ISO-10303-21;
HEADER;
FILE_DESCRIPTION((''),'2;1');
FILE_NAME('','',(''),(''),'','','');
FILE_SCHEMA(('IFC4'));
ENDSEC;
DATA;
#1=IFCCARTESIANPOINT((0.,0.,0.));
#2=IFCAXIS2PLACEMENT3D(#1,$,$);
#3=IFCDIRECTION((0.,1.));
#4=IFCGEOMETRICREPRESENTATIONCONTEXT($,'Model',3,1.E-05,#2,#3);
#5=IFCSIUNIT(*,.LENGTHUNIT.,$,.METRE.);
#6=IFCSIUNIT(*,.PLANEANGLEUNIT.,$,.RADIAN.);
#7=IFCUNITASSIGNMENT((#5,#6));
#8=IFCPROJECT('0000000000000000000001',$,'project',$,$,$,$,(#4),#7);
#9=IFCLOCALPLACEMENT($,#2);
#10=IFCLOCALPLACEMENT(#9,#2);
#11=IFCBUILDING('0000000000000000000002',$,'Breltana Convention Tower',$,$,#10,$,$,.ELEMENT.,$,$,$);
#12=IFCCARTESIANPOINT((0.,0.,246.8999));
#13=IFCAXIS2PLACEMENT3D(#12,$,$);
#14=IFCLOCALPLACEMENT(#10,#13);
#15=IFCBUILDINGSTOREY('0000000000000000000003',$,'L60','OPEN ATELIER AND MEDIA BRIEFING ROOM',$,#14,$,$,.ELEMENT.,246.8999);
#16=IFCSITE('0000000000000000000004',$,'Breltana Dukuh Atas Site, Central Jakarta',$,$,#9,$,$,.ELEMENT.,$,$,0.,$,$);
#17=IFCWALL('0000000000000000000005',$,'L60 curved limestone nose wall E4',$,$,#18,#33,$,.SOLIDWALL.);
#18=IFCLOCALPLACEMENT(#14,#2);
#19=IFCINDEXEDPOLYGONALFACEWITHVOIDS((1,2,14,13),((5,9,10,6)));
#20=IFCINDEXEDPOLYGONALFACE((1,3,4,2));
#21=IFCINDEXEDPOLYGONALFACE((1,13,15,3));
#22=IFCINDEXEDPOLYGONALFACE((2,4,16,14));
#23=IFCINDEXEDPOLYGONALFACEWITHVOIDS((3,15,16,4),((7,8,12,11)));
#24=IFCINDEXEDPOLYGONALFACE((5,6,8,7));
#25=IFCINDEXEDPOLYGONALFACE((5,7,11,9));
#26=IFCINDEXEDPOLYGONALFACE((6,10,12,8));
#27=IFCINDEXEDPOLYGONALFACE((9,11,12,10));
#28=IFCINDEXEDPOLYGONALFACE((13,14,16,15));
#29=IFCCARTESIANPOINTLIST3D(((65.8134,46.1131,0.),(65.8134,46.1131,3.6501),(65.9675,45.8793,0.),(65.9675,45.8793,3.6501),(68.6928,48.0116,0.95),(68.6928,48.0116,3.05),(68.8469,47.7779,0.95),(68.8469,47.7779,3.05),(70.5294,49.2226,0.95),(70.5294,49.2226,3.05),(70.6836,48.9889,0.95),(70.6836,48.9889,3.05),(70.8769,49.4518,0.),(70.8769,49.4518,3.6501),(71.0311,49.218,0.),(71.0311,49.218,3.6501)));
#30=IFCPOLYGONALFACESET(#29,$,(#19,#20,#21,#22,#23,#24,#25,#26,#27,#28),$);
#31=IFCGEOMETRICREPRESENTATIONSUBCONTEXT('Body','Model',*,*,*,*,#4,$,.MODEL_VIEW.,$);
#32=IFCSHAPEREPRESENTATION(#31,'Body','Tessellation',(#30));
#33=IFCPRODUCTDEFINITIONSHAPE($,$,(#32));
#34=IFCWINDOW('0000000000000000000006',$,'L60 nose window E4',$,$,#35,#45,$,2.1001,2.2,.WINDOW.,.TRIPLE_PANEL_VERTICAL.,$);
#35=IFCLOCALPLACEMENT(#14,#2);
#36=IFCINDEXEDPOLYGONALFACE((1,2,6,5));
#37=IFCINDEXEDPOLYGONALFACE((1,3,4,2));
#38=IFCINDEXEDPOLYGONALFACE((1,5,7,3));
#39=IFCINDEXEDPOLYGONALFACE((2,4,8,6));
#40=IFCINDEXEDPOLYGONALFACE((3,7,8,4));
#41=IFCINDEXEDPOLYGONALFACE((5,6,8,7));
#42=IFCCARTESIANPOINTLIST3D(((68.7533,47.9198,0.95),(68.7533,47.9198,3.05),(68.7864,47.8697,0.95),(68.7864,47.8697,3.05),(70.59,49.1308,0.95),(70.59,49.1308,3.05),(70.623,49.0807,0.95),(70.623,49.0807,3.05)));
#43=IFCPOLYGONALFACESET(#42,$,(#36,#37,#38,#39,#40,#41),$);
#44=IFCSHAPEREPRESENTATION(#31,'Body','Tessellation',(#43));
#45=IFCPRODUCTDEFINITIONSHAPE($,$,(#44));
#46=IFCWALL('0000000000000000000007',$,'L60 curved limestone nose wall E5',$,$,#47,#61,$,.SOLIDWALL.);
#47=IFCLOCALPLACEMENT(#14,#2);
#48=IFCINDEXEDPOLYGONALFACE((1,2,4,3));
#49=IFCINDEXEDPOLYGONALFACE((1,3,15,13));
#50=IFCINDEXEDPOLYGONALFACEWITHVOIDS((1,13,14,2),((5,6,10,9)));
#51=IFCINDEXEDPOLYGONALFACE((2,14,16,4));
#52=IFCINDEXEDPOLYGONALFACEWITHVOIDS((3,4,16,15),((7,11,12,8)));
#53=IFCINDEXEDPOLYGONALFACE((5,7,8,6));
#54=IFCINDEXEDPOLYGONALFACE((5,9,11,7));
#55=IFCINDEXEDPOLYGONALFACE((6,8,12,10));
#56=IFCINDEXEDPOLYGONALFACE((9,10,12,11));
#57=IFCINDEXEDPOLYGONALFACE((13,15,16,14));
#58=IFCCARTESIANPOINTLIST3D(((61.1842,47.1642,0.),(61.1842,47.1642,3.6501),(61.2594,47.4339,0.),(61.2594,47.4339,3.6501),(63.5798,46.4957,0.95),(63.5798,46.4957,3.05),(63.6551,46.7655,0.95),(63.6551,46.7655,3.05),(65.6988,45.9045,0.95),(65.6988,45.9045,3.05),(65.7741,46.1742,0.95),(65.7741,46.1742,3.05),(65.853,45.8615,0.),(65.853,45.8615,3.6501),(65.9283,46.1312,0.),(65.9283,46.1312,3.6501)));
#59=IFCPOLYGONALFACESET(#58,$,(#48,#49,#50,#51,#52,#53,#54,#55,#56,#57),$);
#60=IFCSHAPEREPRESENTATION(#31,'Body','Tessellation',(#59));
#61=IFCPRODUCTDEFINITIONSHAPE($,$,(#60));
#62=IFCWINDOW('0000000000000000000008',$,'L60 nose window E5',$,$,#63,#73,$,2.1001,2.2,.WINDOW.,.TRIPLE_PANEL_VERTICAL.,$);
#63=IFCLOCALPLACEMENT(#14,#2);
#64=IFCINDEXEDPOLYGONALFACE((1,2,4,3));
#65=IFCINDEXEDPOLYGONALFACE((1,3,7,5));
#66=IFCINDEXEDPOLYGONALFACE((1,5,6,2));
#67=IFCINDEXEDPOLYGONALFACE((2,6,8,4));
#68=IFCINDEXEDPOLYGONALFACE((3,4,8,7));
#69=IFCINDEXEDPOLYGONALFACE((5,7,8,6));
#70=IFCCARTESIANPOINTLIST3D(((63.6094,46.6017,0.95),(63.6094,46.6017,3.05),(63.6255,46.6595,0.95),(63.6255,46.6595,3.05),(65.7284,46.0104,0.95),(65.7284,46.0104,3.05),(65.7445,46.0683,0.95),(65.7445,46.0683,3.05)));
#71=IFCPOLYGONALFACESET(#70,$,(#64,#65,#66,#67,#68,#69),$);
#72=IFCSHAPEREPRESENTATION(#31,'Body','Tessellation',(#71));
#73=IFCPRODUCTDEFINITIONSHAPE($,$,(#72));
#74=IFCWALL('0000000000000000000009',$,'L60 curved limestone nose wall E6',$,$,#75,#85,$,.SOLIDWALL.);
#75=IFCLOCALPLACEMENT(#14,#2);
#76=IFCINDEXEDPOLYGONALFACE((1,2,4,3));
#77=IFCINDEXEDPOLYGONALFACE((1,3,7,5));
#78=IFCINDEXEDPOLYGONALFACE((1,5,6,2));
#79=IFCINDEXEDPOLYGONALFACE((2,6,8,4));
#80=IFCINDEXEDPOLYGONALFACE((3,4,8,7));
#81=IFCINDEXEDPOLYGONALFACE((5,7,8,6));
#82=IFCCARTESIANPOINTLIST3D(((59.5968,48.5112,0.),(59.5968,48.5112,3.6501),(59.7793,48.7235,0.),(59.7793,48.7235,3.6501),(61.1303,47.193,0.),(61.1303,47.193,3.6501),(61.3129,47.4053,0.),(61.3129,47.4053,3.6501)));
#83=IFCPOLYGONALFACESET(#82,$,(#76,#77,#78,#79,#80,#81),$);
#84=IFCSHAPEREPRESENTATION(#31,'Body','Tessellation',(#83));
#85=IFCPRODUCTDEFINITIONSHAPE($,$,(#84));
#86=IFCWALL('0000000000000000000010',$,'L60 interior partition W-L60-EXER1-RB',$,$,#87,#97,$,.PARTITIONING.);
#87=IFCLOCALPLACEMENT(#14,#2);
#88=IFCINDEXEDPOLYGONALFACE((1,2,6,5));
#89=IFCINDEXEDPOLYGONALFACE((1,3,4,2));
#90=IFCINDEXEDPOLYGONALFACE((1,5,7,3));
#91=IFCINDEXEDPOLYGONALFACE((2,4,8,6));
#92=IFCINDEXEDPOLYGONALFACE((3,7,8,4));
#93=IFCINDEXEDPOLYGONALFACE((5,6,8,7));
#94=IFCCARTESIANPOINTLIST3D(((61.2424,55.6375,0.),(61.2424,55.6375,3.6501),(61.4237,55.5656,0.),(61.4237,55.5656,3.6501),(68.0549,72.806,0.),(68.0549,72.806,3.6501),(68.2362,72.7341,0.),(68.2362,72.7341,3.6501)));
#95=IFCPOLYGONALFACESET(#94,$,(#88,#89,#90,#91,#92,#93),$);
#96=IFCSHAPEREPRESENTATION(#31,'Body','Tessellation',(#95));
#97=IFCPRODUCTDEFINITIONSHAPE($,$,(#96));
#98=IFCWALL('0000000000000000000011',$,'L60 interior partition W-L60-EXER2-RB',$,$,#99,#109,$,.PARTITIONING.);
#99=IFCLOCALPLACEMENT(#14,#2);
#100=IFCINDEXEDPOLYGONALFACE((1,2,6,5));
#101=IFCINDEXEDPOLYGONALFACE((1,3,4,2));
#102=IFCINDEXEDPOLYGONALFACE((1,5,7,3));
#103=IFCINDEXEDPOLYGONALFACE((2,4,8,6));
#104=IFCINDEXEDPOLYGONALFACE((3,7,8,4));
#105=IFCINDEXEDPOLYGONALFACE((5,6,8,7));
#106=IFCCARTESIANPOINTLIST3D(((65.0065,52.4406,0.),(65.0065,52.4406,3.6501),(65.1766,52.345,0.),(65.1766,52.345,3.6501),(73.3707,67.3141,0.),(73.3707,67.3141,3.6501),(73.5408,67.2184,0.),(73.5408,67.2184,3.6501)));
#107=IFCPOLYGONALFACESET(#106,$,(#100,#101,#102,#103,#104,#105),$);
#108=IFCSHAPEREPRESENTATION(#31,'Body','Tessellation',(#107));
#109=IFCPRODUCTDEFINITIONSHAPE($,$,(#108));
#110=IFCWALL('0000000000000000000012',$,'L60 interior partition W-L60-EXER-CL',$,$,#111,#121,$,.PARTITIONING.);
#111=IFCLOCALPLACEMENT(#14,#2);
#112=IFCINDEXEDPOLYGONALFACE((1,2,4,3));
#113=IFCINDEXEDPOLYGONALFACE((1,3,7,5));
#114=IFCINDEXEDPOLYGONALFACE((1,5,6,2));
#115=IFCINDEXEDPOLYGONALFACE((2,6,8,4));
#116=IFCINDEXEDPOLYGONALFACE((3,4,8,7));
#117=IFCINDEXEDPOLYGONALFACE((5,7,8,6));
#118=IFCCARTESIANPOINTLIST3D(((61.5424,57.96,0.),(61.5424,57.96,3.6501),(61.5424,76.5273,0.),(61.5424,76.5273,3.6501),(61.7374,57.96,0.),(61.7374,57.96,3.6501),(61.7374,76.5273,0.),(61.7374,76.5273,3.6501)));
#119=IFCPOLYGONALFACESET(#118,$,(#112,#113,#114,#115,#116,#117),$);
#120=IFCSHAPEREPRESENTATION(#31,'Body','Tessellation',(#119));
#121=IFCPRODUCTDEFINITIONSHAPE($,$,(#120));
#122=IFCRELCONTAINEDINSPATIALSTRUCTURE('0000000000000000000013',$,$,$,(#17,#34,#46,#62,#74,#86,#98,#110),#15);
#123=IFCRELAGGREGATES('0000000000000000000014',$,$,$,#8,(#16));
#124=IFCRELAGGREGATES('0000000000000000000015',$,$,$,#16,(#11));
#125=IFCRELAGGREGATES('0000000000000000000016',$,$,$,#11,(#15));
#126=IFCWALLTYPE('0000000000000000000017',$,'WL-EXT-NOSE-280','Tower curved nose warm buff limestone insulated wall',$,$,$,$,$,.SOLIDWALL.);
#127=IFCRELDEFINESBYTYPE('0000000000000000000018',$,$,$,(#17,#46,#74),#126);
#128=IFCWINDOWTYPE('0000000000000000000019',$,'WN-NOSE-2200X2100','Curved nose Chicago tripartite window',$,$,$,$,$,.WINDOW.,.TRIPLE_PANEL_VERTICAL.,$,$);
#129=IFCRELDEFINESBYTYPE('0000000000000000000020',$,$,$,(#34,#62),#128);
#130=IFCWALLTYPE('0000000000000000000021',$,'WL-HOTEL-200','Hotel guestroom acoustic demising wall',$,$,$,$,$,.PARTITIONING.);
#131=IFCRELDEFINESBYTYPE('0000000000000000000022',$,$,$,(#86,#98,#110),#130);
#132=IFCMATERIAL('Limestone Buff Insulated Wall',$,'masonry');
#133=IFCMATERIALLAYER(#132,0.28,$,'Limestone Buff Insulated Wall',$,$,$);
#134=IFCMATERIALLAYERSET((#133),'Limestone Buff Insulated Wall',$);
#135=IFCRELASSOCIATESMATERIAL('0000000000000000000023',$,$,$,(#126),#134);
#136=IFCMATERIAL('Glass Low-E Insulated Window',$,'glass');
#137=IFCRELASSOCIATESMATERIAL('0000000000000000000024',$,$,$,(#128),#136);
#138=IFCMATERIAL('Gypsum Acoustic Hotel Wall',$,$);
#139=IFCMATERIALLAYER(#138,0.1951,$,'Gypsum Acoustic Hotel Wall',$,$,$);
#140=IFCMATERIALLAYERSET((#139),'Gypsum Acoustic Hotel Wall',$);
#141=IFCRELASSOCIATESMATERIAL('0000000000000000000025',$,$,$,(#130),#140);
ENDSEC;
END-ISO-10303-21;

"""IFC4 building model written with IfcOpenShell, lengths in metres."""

from ifc_helpers import new_model, si_unit, direction, frame, frame_2d, origin, place, context, subcontext, project, spatial, rectangle, extrude, source, transform, mapped, material, layer, layer_set, type_object, type_shapes, element, fill, save


model = new_model("IFC4")

# Units and contexts
model_context = context("Model", 3, precision=1e-05, world=origin(), true_north=direction((0.0, 1.0)))
body_context = subcontext(model_context, "Body", "Model", "MODEL_VIEW")
ifc_project = project(units=[si_unit("LENGTHUNIT", "METRE"), si_unit("PLANEANGLEUNIT", "RADIAN")], contexts=[model_context])

# Site, building, storey
site_placement = place(None, origin())
site = spatial("IfcSite", under=ifc_project, at=site_placement, Name="Breltana Dukuh Atas Site, Central Jakarta", CompositionType="ELEMENT", RefElevation=0.0)
building_placement = place(site_placement, origin())
building = spatial("IfcBuilding", under=site, at=building_placement, Name="Breltana Convention Tower", CompositionType="ELEMENT")
storey_placement = place(building_placement, frame((0.0, 0.0, 246.8999)))
storey = spatial("IfcBuildingStorey", under=building, at=storey_placement, Name="L60", Description="OPEN ATELIER AND MEDIA BRIEFING ROOM", CompositionType="ELEMENT", Elevation=246.8999)

# Walls, openings, windows
ifc_material_1 = material(Name="Limestone Buff Insulated Wall", Category="masonry")
ifc_layer_1 = layer(ifc_material_1, 0.28, Name="Limestone Buff Insulated Wall")
ifc_layer_set_1 = layer_set([ifc_layer_1], Name="Limestone Buff Insulated Wall")
wall_type_1 = type_object("IfcWallType", Name="WL-EXT-NOSE-280", Description="Tower curved nose warm buff limestone insulated wall", PredefinedType="SOLIDWALL", material=ifc_layer_set_1)
ifc_material_2 = material(Name="Glass Low-E Insulated Window", Category="glass")
window_type = type_object("IfcWindowType", Name="WN-NOSE-2200X2100", Description="Curved nose Chicago tripartite window", PartitioningType="TRIPLE_PANEL_VERTICAL", PredefinedType="WINDOW", material=ifc_material_2)
shared_shape_1 = source(origin(), body_context, "Body", "SweptSolid", [
    extrude(rectangle(XDim=2.2, YDim=2.1001, at=frame_2d((1.1001, 1.05))), frame((0.0, 0.03, 0.0), z_axis=(0.0, -1.0, 0.0), x_axis=(1.0, 0.0, 0.0)), (0.0, 0.0, 1.0), 0.0601),
])
type_shapes(window_type, [shared_shape_1])
shared_shape_2 = source(origin(), body_context, "Body", "SweptSolid", [
    extrude(rectangle(XDim=6.0652, YDim=0.28, at=frame_2d((3.0327, 0.0))), origin(), (0.0, 0.0, 1.0), 3.6501),
])
wall_1_placement = place(storey_placement, frame((70.9541, 49.335, 0.0), z_axis=(0.0, 0.0, 1.0), x_axis=(-0.834857, -0.550466, 0.0)))
wall_1 = element("IfcWall", 1, at=wall_1_placement, inside=storey, type_object=wall_type_1, Name="L60 curved limestone nose wall E4", PredefinedType="SOLIDWALL", context=body_context, shape_type="MappedRepresentation", body=[
    mapped(shared_shape_2, transform((0.0, 0.0, 0.0), scale=1.0)),
])
opening_1_placement = place(wall_1_placement, frame((0.4163, 0.0, 0.95)))
opening_1 = element("IfcOpeningElement", 2, at=opening_1_placement, cuts=wall_1, PredefinedType="OPENING", context=body_context, shape_type="SweptSolid", body=[
    extrude(rectangle(XDim=2.2, YDim=2.1001, at=frame_2d((1.1001, 1.05))), frame((0.0, 0.1499, 0.0), z_axis=(0.0, -1.0, 0.0), x_axis=(1.0, 0.0, 0.0)), (0.0, 0.0, 1.0), 0.3),
])
window_1_placement = place(opening_1_placement, origin())
window_1 = element("IfcWindow", 3, at=window_1_placement, inside=storey, type_object=window_type, Name="L60 nose window E4", OverallHeight=2.1001, OverallWidth=2.2, PartitioningType="TRIPLE_PANEL_VERTICAL", PredefinedType="WINDOW", context=body_context, shape_type="MappedRepresentation", body=[
    mapped(shared_shape_1, transform((0.0, 0.0, 0.0), scale=1.0)),
])
fill(opening_1, window_1)
shared_shape_3 = source(origin(), body_context, "Body", "SweptSolid", [
    extrude(rectangle(XDim=4.8472, YDim=0.28, at=frame_2d((2.4236, 0.0))), origin(), (0.0, 0.0, 1.0), 3.6501),
])
wall_2_placement = place(storey_placement, frame((65.8906, 45.9963, 0.0), z_axis=(0.0, 0.0, 1.0), x_axis=(-0.963208, 0.268756, 0.0)))
wall_2 = element("IfcWall", 4, at=wall_2_placement, inside=storey, type_object=wall_type_1, Name="L60 curved limestone nose wall E5", PredefinedType="SOLIDWALL", context=body_context, shape_type="MappedRepresentation", body=[
    mapped(shared_shape_3, transform((0.0, 0.0, 0.0), scale=1.0)),
])
opening_2_placement = place(wall_2_placement, frame((0.1599, 0.0, 0.95)))
opening_2 = element("IfcOpeningElement", 5, at=opening_2_placement, cuts=wall_2, PredefinedType="OPENING", context=body_context, shape_type="SweptSolid", body=[
    extrude(rectangle(XDim=2.2, YDim=2.1001, at=frame_2d((1.1001, 1.05))), frame((0.0, 0.1499, 0.0), z_axis=(0.0, -1.0, 0.0), x_axis=(1.0, 0.0, 0.0)), (0.0, 0.0, 1.0), 0.3),
])
window_2_placement = place(opening_2_placement, origin())
window_2 = element("IfcWindow", 6, at=window_2_placement, inside=storey, type_object=window_type, Name="L60 nose window E5", OverallHeight=2.1001, OverallWidth=2.2, PartitioningType="TRIPLE_PANEL_VERTICAL", PredefinedType="WINDOW", context=body_context, shape_type="MappedRepresentation", body=[
    mapped(shared_shape_1, transform((0.0, 0.0, 0.0), scale=1.0)),
])
fill(opening_2, window_2)

# Walls
shared_shape_4 = source(origin(), body_context, "Body", "SweptSolid", [
    extrude(rectangle(XDim=2.0222, YDim=0.28, at=frame_2d((1.0112, 0.0))), origin(), (0.0, 0.0, 1.0), 3.6501),
])
wall_3_placement = place(storey_placement, frame((61.2217, 47.2991, 0.0), z_axis=(0.0, 0.0, 1.0), x_axis=(-0.758344, 0.651855, 0.0)))
element("IfcWall", 7, at=wall_3_placement, inside=storey, type_object=wall_type_1, Name="L60 curved limestone nose wall E6", PredefinedType="SOLIDWALL", context=body_context, shape_type="MappedRepresentation", body=[
    mapped(shared_shape_4, transform((0.0, 0.0, 0.0), scale=1.0)),
])
ifc_material_3 = material(Name="Gypsum Acoustic Hotel Wall")
ifc_layer_2 = layer(ifc_material_3, 0.1951, Name="Gypsum Acoustic Hotel Wall")
ifc_layer_set_2 = layer_set([ifc_layer_2], Name="Gypsum Acoustic Hotel Wall")
wall_type_2 = type_object("IfcWallType", Name="WL-HOTEL-200", Description="Hotel guestroom acoustic demising wall", PredefinedType="PARTITIONING", material=ifc_layer_set_2)
shared_shape_5 = source(origin(), body_context, "Body", "SweptSolid", [
    extrude(rectangle(XDim=18.4707, YDim=0.1951, at=frame_2d((9.2354, 0.0))), origin(), (0.0, 0.0, 1.0), 3.6501),
])
wall_4_placement = place(storey_placement, frame((61.333, 55.6016, 0.0), z_axis=(0.0, 0.0, 1.0), x_axis=(0.368828, 0.929498, 0.0)))
element("IfcWall", 8, at=wall_4_placement, inside=storey, type_object=wall_type_2, Name="L60 interior partition W-L60-EXER1-RB", PredefinedType="PARTITIONING", context=body_context, shape_type="MappedRepresentation", body=[
    mapped(shared_shape_5, transform((0.0, 0.0, 0.0), scale=1.0)),
])

# Walls
shared_shape_6 = source(origin(), body_context, "Body", "SweptSolid", [
    extrude(rectangle(XDim=17.064, YDim=0.1951, at=frame_2d((8.532, 0.0))), origin(), (0.0, 0.0, 1.0), 3.6501),
])
wall_5_placement = place(storey_placement, frame((65.0916, 52.3928, 0.0), z_axis=(0.0, 0.0, 1.0), x_axis=(0.490167, 0.871628, 0.0)))
element("IfcWall", 9, at=wall_5_placement, inside=storey, type_object=wall_type_2, Name="L60 interior partition W-L60-EXER2-RB", PredefinedType="PARTITIONING", context=body_context, shape_type="MappedRepresentation", body=[
    mapped(shared_shape_6, transform((0.0, 0.0, 0.0), scale=1.0)),
])
shared_shape_7 = source(origin(), body_context, "Body", "SweptSolid", [
    extrude(rectangle(XDim=18.5674, YDim=0.1951, at=frame_2d((9.2837, 0.0))), origin(), (0.0, 0.0, 1.0), 3.6501),
])
wall_6_placement = place(storey_placement, frame((61.6399, 57.96, 0.0), z_axis=(0.0, 0.0, 1.0), x_axis=(0.0, 1.0, 0.0)))
element("IfcWall", 10, at=wall_6_placement, inside=storey, type_object=wall_type_2, Name="L60 interior partition W-L60-EXER-CL", PredefinedType="PARTITIONING", context=body_context, shape_type="MappedRepresentation", body=[
    mapped(shared_shape_7, transform((0.0, 0.0, 0.0), scale=1.0)),
])

save(model, "model.ifc")
